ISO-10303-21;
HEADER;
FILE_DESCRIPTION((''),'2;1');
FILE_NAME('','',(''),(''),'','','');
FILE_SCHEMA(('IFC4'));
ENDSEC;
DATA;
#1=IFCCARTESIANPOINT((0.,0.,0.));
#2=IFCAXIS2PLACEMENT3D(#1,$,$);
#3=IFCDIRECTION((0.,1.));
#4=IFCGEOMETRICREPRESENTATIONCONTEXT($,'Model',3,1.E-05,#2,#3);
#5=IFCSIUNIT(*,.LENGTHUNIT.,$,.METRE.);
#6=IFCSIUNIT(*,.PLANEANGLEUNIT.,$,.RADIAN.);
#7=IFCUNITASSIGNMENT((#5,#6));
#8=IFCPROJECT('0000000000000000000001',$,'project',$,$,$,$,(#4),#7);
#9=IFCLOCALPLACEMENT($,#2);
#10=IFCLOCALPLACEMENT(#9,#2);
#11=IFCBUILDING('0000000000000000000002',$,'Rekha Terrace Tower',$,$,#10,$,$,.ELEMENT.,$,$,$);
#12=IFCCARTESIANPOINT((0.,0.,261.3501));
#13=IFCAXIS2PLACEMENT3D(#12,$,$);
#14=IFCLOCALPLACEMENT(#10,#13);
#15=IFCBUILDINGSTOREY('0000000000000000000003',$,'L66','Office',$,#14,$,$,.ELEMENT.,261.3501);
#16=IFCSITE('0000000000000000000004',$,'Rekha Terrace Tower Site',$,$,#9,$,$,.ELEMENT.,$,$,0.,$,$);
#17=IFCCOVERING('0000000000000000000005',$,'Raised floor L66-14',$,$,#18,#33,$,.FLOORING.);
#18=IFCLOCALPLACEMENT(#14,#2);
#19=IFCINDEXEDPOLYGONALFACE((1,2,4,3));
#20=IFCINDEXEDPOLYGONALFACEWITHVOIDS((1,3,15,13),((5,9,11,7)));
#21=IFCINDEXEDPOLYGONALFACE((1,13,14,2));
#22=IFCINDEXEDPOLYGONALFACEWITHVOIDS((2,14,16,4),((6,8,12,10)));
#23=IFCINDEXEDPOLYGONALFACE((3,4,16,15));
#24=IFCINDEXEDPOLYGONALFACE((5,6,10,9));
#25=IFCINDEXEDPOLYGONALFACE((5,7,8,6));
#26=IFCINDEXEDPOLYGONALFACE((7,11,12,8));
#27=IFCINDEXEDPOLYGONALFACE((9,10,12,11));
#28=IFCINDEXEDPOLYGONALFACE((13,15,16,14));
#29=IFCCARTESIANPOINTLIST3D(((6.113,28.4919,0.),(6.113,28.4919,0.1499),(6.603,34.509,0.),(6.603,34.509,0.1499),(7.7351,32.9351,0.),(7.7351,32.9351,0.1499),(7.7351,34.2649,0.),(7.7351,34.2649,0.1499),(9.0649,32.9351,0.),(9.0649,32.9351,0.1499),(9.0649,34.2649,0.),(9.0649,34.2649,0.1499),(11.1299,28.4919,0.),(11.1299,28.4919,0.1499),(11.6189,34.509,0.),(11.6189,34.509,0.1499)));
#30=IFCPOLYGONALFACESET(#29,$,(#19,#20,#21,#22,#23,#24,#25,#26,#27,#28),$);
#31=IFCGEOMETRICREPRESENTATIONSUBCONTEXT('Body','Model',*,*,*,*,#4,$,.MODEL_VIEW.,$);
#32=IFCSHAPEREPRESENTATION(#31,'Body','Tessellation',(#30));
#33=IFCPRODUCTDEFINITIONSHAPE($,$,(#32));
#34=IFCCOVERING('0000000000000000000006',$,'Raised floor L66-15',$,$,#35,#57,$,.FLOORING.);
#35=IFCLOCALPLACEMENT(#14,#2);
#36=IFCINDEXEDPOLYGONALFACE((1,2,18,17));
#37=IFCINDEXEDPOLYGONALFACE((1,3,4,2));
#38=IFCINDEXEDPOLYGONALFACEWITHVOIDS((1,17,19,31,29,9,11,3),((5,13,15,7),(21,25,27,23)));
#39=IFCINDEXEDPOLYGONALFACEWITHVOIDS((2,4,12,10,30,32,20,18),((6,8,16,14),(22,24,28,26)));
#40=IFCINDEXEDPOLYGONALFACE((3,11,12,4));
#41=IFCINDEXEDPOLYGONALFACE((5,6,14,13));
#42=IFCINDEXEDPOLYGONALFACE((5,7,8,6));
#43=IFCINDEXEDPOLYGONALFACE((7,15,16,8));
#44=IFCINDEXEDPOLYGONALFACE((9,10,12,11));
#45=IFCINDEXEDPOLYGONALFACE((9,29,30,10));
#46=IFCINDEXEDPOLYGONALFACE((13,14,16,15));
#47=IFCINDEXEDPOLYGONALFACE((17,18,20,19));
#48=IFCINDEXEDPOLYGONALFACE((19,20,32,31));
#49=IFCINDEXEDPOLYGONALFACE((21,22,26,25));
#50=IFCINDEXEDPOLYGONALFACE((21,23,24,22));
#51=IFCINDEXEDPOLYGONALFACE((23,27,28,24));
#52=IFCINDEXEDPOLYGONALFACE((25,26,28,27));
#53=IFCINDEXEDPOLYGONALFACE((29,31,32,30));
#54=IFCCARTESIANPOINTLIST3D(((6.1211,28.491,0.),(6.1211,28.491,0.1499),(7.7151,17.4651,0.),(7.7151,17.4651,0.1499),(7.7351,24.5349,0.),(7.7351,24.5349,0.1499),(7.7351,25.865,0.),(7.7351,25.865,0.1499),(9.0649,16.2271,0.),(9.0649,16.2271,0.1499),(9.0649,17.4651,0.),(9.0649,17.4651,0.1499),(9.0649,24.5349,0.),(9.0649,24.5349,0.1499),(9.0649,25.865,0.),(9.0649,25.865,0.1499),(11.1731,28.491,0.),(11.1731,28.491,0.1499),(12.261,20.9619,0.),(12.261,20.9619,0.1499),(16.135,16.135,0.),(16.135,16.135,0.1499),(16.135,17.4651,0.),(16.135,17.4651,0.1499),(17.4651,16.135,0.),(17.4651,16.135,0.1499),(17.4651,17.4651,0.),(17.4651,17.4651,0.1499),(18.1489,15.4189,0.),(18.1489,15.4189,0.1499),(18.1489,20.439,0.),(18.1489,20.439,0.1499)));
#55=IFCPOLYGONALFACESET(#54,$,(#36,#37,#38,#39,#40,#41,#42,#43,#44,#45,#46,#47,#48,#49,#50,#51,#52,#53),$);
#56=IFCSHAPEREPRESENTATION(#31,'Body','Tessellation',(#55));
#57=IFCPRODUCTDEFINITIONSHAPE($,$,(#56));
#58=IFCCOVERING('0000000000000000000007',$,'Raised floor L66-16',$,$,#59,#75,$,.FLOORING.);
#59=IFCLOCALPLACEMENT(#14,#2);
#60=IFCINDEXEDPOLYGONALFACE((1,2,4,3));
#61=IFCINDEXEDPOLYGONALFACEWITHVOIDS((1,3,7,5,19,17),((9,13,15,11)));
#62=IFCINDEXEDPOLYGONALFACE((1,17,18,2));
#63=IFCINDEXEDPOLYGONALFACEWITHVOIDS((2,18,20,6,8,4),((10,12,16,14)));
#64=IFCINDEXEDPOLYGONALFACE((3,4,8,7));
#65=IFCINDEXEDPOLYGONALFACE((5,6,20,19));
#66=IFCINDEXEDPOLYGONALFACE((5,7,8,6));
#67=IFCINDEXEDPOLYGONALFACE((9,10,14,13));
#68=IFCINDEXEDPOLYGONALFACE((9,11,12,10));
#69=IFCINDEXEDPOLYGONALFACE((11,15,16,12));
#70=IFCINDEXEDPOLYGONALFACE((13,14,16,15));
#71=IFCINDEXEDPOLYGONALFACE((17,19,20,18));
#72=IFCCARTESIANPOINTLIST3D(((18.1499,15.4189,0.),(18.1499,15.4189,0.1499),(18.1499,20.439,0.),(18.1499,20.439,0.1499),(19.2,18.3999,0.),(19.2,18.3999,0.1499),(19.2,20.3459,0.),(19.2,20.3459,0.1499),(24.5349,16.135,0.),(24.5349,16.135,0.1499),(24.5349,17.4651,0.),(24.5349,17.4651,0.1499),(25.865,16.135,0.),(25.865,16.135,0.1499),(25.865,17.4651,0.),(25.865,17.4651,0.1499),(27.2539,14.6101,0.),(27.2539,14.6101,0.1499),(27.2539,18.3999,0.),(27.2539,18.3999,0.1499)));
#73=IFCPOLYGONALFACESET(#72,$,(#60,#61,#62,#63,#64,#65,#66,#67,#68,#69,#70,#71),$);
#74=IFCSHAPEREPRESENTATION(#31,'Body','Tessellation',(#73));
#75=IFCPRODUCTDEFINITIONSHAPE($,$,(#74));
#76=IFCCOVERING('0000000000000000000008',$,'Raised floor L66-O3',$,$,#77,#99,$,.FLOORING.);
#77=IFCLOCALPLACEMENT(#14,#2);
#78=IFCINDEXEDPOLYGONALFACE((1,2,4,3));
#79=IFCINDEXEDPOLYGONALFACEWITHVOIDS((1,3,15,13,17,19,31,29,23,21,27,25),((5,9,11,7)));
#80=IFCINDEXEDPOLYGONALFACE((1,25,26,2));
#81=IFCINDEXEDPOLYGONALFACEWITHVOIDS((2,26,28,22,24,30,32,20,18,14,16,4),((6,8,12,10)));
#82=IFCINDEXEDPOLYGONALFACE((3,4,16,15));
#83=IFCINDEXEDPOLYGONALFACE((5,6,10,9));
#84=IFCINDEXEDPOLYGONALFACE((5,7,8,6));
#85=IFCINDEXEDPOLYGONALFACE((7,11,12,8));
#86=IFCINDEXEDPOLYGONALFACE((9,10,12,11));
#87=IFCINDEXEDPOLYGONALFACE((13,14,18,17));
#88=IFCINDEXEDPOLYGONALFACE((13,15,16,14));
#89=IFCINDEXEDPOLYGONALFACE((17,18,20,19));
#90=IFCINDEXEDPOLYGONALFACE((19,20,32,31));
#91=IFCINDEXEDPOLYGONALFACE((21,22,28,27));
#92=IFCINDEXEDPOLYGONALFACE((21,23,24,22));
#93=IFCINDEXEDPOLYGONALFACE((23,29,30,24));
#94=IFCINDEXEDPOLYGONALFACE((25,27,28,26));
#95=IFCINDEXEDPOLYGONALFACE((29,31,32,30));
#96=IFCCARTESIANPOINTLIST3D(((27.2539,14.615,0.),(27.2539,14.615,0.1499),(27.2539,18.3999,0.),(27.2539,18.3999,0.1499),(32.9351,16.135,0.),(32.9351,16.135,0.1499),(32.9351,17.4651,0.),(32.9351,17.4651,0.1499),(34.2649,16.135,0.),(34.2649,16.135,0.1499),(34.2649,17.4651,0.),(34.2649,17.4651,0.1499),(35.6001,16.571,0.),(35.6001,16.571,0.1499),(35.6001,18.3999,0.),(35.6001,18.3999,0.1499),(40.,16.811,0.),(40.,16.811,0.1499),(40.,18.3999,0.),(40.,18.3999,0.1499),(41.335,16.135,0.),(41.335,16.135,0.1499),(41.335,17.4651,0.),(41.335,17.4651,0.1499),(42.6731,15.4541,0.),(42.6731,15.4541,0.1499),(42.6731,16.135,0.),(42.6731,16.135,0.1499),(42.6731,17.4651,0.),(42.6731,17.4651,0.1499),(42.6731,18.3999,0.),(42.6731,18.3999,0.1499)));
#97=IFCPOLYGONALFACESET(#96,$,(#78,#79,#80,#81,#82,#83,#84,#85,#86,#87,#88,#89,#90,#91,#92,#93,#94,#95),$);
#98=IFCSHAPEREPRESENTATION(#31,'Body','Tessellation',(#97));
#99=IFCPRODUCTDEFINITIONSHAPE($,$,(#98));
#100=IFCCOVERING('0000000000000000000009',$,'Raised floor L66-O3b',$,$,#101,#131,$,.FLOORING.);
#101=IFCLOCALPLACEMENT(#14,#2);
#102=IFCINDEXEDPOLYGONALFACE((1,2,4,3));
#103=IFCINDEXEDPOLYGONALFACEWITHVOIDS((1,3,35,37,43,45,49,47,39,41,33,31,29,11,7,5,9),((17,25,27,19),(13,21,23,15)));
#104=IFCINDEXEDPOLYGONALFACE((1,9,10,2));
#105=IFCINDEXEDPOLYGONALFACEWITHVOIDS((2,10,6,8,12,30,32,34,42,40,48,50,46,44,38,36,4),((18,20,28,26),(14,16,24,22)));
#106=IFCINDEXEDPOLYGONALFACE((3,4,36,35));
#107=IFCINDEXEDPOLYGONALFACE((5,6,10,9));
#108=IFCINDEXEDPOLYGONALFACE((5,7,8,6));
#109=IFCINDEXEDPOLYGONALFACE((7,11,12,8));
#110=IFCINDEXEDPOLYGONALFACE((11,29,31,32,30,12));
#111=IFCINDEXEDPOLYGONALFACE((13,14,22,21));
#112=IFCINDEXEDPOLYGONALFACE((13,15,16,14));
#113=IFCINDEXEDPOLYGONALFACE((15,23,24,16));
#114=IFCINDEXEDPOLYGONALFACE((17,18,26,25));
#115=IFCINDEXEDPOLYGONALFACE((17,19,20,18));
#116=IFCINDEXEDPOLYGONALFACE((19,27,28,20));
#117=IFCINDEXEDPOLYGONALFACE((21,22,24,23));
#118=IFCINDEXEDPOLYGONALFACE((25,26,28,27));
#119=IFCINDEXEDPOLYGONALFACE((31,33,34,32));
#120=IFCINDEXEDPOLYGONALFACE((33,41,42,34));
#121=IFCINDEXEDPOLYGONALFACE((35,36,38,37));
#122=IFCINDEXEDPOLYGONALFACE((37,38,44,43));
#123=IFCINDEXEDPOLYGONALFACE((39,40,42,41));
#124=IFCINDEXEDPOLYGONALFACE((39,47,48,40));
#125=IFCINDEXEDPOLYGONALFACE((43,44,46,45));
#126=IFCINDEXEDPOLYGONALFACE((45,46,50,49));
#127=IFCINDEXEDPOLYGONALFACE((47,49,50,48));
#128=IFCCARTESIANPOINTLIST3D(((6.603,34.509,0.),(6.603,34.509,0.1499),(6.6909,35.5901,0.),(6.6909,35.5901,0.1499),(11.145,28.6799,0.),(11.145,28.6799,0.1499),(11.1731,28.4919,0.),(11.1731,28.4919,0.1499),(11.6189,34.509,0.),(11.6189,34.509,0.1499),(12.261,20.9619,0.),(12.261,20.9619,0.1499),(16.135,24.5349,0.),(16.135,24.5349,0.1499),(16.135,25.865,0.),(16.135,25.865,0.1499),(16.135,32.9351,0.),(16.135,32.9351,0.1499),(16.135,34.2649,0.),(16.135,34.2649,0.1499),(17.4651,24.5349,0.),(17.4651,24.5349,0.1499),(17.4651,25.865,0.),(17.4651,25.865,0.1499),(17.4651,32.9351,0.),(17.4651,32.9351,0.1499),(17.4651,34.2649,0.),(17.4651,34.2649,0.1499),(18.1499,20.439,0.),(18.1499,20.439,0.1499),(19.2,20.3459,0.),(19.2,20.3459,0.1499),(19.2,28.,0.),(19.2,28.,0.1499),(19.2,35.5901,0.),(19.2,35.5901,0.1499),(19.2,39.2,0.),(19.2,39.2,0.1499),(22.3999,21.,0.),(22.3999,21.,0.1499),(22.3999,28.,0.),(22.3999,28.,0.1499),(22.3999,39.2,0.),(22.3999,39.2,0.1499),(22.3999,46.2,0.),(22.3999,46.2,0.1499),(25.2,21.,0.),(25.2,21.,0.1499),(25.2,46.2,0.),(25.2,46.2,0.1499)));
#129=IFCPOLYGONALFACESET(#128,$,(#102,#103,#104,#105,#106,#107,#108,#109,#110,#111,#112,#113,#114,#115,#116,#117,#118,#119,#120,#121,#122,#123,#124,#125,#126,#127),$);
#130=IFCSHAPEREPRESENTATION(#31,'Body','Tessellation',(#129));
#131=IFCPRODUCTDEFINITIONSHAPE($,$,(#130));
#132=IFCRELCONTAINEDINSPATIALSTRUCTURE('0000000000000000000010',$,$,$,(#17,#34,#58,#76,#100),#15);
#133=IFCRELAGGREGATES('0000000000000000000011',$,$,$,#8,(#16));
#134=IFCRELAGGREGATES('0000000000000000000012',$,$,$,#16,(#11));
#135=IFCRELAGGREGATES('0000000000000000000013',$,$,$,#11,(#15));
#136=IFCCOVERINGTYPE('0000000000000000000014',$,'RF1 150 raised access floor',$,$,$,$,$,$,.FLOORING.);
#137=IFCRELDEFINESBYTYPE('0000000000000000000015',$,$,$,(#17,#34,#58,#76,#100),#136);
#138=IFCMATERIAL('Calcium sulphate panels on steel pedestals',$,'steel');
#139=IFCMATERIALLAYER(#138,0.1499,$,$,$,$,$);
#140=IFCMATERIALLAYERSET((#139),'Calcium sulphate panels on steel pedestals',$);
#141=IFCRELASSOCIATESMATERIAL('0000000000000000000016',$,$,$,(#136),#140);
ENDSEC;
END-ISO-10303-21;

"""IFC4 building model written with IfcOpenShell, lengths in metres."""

from ifc_helpers import new_model, si_unit, direction, frame, origin, place, context, subcontext, project, spatial, polyline, outline, extrude, material, layer, layer_set, type_object, element, save


model = new_model("IFC4")

# Units and contexts
model_context = context("Model", 3, precision=1e-05, world=origin(), true_north=direction((0.0, 1.0)))
body_context = subcontext(model_context, "Body", "Model", "MODEL_VIEW")
ifc_project = project(units=[si_unit("LENGTHUNIT", "METRE"), si_unit("PLANEANGLEUNIT", "RADIAN")], contexts=[model_context])

# Site, building, storey
site_placement = place(None, origin())
site = spatial("IfcSite", under=ifc_project, at=site_placement, Name="Rekha Terrace Tower Site", CompositionType="ELEMENT", RefElevation=0.0)
building_placement = place(site_placement, origin())
building = spatial("IfcBuilding", under=site, at=building_placement, Name="Rekha Terrace Tower", CompositionType="ELEMENT")
storey_placement = place(building_placement, frame((0.0, 0.0, 261.3501)))
storey = spatial("IfcBuildingStorey", under=building, at=storey_placement, Name="L66", Description="Office", CompositionType="ELEMENT", Elevation=261.3501)

# Coverings
ifc_material_1 = material(Name="Calcium sulphate panels on steel pedestals", Category="steel")
ifc_layer_1 = layer(ifc_material_1, 0.1499)
ifc_layer_set_1 = layer_set([ifc_layer_1], Name="Calcium sulphate panels on steel pedestals")
covering_type_1 = type_object("IfcCoveringType", Name="RF1 150 raised access floor", PredefinedType="FLOORING", material=ifc_layer_set_1)
covering_1_placement = place(storey_placement, origin())
element("IfcCovering", 1, at=covering_1_placement, inside=storey, type_object=covering_type_1, Name="Raised floor L66-14", PredefinedType="FLOORING", context=body_context, shape_type="SweptSolid", body=[
    extrude(outline(polyline([(11.1299, 28.4919), (11.6189, 34.509), (6.603, 34.509), (6.113, 28.4919), (11.1299, 28.4919)]), holes=[polyline([(9.0649, 34.2649), (9.0649, 32.9351), (7.7351, 32.9351), (7.7351, 34.2649), (9.0649, 34.2649)])]), origin(), (0.0, 0.0, 1.0), 0.1499),
])
covering_2_placement = place(storey_placement, origin())
element("IfcCovering", 2, at=covering_2_placement, inside=storey, type_object=covering_type_1, Name="Raised floor L66-15", PredefinedType="FLOORING", context=body_context, shape_type="SweptSolid", body=[
    extrude(outline(polyline([(6.1211, 28.491), (7.7151, 17.4651), (9.0649, 17.4651), (9.0649, 16.2271), (18.1489, 15.4189), (18.1489, 20.439), (12.261, 20.9619), (11.1731, 28.491), (6.1211, 28.491)]), holes=[polyline([(17.4651, 17.4651), (17.4651, 16.135), (16.135, 16.135), (16.135, 17.4651), (17.4651, 17.4651)]), polyline([(9.0649, 25.865), (9.0649, 24.5349), (7.7351, 24.5349), (7.7351, 25.865), (9.0649, 25.865)])]), origin(), (0.0, 0.0, 1.0), 0.1499),
])
covering_3_placement = place(storey_placement, origin())
element("IfcCovering", 3, at=covering_3_placement, inside=storey, type_object=covering_type_1, Name="Raised floor L66-16", PredefinedType="FLOORING", context=body_context, shape_type="SweptSolid", body=[
    extrude(outline(polyline([(27.2539, 14.6101), (27.2539, 18.3999), (19.2, 18.3999), (19.2, 20.3459), (18.1499, 20.439), (18.1499, 15.4189), (27.2539, 14.6101)]), holes=[polyline([(25.865, 17.4651), (25.865, 16.135), (24.5349, 16.135), (24.5349, 17.4651), (25.865, 17.4651)])]), origin(), (0.0, 0.0, 1.0), 0.1499),
])
covering_4_placement = place(storey_placement, origin())
element("IfcCovering", 4, at=covering_4_placement, inside=storey, type_object=covering_type_1, Name="Raised floor L66-O3", PredefinedType="FLOORING", context=body_context, shape_type="SweptSolid", body=[
    extrude(outline(polyline([(40.0, 18.3999), (40.0, 16.811), (35.6001, 16.571), (35.6001, 18.3999), (27.2539, 18.3999), (27.2539, 14.615), (42.6731, 15.4541), (42.6731, 16.135), (41.335, 16.135), (41.335, 17.4651), (42.6731, 17.4651), (42.6731, 18.3999), (40.0, 18.3999)]), holes=[polyline([(34.2649, 16.135), (32.9351, 16.135), (32.9351, 17.4651), (34.2649, 17.4651), (34.2649, 16.135)])]), origin(), (0.0, 0.0, 1.0), 0.1499),
])
covering_5_placement = place(storey_placement, origin())
element("IfcCovering", 5, at=covering_5_placement, inside=storey, type_object=covering_type_1, Name="Raised floor L66-O3b", PredefinedType="FLOORING", context=body_context, shape_type="SweptSolid", body=[
    extrude(outline(polyline([(11.145, 28.6799), (11.1731, 28.4919), (12.261, 20.9619), (18.1499, 20.439), (19.2, 20.3459), (19.2, 28.0), (22.3999, 28.0), (22.3999, 21.0), (25.2, 21.0), (25.2, 46.2), (22.3999, 46.2), (22.3999, 39.2), (19.2, 39.2), (19.2, 35.5901), (6.6909, 35.5901), (6.603, 34.509), (11.6189, 34.509), (11.145, 28.6799)]), holes=[polyline([(17.4651, 25.865), (17.4651, 24.5349), (16.135, 24.5349), (16.135, 25.865), (17.4651, 25.865)]), polyline([(17.4651, 34.2649), (17.4651, 32.9351), (16.135, 32.9351), (16.135, 34.2649), (17.4651, 34.2649)])]), origin(), (0.0, 0.0, 1.0), 0.1499),
])

save(model, "model.ifc")
